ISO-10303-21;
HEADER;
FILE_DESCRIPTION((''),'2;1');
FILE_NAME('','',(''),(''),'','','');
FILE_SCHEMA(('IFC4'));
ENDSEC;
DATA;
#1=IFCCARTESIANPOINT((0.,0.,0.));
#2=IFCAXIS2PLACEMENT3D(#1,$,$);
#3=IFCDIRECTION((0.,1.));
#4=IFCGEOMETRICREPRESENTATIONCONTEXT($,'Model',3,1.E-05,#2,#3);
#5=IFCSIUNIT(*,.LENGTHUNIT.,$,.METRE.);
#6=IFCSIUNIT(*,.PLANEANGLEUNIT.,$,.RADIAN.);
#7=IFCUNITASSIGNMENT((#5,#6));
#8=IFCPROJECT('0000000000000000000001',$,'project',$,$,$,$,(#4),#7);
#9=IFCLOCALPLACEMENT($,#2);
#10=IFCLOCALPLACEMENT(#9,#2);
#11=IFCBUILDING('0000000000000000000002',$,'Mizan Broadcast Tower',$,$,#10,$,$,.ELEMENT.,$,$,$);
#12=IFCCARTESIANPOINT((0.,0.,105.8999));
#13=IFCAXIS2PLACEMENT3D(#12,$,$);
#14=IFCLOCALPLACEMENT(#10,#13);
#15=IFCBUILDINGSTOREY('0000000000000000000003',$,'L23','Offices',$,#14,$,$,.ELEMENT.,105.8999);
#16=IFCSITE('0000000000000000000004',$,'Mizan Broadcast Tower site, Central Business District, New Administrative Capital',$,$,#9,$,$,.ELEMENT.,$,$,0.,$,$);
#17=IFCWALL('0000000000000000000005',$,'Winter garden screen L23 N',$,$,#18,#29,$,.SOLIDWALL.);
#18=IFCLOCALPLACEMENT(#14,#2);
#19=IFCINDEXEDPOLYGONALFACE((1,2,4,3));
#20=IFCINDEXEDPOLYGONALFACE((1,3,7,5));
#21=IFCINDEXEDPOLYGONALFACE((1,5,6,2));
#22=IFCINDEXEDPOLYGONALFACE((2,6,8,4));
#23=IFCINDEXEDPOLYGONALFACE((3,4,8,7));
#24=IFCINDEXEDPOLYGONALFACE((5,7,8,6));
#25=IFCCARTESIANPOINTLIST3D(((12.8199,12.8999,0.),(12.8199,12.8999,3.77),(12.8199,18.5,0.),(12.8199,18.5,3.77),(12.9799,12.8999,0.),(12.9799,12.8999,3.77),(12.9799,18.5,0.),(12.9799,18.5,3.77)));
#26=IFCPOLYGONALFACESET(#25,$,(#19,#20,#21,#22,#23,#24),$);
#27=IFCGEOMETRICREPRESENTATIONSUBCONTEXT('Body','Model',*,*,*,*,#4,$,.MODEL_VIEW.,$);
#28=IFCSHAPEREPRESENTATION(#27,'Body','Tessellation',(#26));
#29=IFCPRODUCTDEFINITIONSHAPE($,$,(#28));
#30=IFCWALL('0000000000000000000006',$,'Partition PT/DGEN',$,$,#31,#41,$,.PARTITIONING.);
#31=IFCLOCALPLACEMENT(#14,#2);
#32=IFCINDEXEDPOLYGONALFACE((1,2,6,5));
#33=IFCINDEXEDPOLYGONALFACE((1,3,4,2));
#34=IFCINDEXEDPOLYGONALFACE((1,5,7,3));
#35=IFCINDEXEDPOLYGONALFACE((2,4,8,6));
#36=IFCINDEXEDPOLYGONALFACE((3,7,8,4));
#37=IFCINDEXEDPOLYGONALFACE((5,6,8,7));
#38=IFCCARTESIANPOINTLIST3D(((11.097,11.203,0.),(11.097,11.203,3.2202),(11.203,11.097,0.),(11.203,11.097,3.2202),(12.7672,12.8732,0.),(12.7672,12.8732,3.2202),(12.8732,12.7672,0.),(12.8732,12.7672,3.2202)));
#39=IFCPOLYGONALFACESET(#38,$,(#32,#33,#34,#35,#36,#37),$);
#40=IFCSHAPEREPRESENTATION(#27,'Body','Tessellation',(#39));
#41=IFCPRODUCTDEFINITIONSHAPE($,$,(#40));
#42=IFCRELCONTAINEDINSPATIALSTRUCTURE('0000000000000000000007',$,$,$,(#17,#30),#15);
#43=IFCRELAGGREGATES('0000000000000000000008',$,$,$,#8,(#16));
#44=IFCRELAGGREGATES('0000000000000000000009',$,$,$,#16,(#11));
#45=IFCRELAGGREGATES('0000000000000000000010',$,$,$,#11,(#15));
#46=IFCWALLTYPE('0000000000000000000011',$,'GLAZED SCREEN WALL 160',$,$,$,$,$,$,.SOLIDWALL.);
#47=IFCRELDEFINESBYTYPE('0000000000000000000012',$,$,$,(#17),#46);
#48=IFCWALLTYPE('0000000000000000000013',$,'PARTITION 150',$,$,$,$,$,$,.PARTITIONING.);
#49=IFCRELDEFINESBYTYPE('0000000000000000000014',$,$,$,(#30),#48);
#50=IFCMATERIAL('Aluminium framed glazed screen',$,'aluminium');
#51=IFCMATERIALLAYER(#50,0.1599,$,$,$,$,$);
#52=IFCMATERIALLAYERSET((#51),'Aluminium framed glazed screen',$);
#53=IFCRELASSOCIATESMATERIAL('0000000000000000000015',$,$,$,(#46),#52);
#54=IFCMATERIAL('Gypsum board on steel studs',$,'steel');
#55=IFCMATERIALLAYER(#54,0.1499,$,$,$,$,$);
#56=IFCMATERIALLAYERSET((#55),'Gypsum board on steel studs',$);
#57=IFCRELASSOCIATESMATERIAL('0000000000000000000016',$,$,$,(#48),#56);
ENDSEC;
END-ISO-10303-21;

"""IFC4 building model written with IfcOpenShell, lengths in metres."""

from ifc_helpers import new_model, si_unit, direction, frame, frame_2d, origin, place, context, subcontext, project, spatial, rectangle, extrude, material, layer, layer_set, type_object, element, save


model = new_model("IFC4")

# Units and contexts
model_context = context("Model", 3, precision=1e-05, world=origin(), true_north=direction((0.0, 1.0)))
body_context = subcontext(model_context, "Body", "Model", "MODEL_VIEW")
ifc_project = project(units=[si_unit("LENGTHUNIT", "METRE"), si_unit("PLANEANGLEUNIT", "RADIAN")], contexts=[model_context])

# Site, building, storey
site_placement = place(None, origin())
site = spatial("IfcSite", under=ifc_project, at=site_placement, Name="Mizan Broadcast Tower site, Central Business District, New Administrative Capital", CompositionType="ELEMENT", RefElevation=0.0)
building_placement = place(site_placement, origin())
building = spatial("IfcBuilding", under=site, at=building_placement, Name="Mizan Broadcast Tower", CompositionType="ELEMENT")
storey_placement = place(building_placement, frame((0.0, 0.0, 105.8999)))
storey = spatial("IfcBuildingStorey", under=building, at=storey_placement, Name="L23", Description="Offices", CompositionType="ELEMENT", Elevation=105.8999)

# Walls
ifc_material_1 = material(Name="Aluminium framed glazed screen", Category="aluminium")
ifc_layer_1 = layer(ifc_material_1, 0.1599)
ifc_layer_set_1 = layer_set([ifc_layer_1], Name="Aluminium framed glazed screen")
wall_type_1 = type_object("IfcWallType", Name="GLAZED SCREEN WALL 160", PredefinedType="SOLIDWALL", material=ifc_layer_set_1)
wall_1_placement = place(storey_placement, frame((12.8999, 12.8999, 0.0), z_axis=(0.0, 0.0, 1.0), x_axis=(0.0, 1.0, 0.0)))
element("IfcWall", 1, at=wall_1_placement, inside=storey, type_object=wall_type_1, Name="Winter garden screen L23 N", PredefinedType="SOLIDWALL", context=body_context, shape_type="SweptSolid", body=[
    extrude(rectangle(XDim=5.6001, YDim=0.1599, at=frame_2d((2.8, 0.0))), origin(), (0.0, 0.0, 1.0), 3.77),
])
ifc_material_2 = material(Name="Gypsum board on steel studs", Category="steel")
ifc_layer_2 = layer(ifc_material_2, 0.1499)
ifc_layer_set_2 = layer_set([ifc_layer_2], Name="Gypsum board on steel studs")
wall_type_2 = type_object("IfcWallType", Name="PARTITION 150", PredefinedType="PARTITIONING", material=ifc_layer_set_2)
wall_2_placement = place(storey_placement, frame((11.1499, 11.1499, 0.0), z_axis=(0.0, 0.0, 1.0), x_axis=(0.707107, 0.707107, 0.0)))
element("IfcWall", 2, at=wall_2_placement, inside=storey, type_object=wall_type_2, Name="Partition PT/DGEN", PredefinedType="PARTITIONING", context=body_context, shape_type="SweptSolid", body=[
    extrude(rectangle(XDim=2.3621, YDim=0.1499, at=frame_2d((1.1812, 0.0))), origin(), (0.0, 0.0, 1.0), 3.2202),
])

save(model, "model.ifc")
